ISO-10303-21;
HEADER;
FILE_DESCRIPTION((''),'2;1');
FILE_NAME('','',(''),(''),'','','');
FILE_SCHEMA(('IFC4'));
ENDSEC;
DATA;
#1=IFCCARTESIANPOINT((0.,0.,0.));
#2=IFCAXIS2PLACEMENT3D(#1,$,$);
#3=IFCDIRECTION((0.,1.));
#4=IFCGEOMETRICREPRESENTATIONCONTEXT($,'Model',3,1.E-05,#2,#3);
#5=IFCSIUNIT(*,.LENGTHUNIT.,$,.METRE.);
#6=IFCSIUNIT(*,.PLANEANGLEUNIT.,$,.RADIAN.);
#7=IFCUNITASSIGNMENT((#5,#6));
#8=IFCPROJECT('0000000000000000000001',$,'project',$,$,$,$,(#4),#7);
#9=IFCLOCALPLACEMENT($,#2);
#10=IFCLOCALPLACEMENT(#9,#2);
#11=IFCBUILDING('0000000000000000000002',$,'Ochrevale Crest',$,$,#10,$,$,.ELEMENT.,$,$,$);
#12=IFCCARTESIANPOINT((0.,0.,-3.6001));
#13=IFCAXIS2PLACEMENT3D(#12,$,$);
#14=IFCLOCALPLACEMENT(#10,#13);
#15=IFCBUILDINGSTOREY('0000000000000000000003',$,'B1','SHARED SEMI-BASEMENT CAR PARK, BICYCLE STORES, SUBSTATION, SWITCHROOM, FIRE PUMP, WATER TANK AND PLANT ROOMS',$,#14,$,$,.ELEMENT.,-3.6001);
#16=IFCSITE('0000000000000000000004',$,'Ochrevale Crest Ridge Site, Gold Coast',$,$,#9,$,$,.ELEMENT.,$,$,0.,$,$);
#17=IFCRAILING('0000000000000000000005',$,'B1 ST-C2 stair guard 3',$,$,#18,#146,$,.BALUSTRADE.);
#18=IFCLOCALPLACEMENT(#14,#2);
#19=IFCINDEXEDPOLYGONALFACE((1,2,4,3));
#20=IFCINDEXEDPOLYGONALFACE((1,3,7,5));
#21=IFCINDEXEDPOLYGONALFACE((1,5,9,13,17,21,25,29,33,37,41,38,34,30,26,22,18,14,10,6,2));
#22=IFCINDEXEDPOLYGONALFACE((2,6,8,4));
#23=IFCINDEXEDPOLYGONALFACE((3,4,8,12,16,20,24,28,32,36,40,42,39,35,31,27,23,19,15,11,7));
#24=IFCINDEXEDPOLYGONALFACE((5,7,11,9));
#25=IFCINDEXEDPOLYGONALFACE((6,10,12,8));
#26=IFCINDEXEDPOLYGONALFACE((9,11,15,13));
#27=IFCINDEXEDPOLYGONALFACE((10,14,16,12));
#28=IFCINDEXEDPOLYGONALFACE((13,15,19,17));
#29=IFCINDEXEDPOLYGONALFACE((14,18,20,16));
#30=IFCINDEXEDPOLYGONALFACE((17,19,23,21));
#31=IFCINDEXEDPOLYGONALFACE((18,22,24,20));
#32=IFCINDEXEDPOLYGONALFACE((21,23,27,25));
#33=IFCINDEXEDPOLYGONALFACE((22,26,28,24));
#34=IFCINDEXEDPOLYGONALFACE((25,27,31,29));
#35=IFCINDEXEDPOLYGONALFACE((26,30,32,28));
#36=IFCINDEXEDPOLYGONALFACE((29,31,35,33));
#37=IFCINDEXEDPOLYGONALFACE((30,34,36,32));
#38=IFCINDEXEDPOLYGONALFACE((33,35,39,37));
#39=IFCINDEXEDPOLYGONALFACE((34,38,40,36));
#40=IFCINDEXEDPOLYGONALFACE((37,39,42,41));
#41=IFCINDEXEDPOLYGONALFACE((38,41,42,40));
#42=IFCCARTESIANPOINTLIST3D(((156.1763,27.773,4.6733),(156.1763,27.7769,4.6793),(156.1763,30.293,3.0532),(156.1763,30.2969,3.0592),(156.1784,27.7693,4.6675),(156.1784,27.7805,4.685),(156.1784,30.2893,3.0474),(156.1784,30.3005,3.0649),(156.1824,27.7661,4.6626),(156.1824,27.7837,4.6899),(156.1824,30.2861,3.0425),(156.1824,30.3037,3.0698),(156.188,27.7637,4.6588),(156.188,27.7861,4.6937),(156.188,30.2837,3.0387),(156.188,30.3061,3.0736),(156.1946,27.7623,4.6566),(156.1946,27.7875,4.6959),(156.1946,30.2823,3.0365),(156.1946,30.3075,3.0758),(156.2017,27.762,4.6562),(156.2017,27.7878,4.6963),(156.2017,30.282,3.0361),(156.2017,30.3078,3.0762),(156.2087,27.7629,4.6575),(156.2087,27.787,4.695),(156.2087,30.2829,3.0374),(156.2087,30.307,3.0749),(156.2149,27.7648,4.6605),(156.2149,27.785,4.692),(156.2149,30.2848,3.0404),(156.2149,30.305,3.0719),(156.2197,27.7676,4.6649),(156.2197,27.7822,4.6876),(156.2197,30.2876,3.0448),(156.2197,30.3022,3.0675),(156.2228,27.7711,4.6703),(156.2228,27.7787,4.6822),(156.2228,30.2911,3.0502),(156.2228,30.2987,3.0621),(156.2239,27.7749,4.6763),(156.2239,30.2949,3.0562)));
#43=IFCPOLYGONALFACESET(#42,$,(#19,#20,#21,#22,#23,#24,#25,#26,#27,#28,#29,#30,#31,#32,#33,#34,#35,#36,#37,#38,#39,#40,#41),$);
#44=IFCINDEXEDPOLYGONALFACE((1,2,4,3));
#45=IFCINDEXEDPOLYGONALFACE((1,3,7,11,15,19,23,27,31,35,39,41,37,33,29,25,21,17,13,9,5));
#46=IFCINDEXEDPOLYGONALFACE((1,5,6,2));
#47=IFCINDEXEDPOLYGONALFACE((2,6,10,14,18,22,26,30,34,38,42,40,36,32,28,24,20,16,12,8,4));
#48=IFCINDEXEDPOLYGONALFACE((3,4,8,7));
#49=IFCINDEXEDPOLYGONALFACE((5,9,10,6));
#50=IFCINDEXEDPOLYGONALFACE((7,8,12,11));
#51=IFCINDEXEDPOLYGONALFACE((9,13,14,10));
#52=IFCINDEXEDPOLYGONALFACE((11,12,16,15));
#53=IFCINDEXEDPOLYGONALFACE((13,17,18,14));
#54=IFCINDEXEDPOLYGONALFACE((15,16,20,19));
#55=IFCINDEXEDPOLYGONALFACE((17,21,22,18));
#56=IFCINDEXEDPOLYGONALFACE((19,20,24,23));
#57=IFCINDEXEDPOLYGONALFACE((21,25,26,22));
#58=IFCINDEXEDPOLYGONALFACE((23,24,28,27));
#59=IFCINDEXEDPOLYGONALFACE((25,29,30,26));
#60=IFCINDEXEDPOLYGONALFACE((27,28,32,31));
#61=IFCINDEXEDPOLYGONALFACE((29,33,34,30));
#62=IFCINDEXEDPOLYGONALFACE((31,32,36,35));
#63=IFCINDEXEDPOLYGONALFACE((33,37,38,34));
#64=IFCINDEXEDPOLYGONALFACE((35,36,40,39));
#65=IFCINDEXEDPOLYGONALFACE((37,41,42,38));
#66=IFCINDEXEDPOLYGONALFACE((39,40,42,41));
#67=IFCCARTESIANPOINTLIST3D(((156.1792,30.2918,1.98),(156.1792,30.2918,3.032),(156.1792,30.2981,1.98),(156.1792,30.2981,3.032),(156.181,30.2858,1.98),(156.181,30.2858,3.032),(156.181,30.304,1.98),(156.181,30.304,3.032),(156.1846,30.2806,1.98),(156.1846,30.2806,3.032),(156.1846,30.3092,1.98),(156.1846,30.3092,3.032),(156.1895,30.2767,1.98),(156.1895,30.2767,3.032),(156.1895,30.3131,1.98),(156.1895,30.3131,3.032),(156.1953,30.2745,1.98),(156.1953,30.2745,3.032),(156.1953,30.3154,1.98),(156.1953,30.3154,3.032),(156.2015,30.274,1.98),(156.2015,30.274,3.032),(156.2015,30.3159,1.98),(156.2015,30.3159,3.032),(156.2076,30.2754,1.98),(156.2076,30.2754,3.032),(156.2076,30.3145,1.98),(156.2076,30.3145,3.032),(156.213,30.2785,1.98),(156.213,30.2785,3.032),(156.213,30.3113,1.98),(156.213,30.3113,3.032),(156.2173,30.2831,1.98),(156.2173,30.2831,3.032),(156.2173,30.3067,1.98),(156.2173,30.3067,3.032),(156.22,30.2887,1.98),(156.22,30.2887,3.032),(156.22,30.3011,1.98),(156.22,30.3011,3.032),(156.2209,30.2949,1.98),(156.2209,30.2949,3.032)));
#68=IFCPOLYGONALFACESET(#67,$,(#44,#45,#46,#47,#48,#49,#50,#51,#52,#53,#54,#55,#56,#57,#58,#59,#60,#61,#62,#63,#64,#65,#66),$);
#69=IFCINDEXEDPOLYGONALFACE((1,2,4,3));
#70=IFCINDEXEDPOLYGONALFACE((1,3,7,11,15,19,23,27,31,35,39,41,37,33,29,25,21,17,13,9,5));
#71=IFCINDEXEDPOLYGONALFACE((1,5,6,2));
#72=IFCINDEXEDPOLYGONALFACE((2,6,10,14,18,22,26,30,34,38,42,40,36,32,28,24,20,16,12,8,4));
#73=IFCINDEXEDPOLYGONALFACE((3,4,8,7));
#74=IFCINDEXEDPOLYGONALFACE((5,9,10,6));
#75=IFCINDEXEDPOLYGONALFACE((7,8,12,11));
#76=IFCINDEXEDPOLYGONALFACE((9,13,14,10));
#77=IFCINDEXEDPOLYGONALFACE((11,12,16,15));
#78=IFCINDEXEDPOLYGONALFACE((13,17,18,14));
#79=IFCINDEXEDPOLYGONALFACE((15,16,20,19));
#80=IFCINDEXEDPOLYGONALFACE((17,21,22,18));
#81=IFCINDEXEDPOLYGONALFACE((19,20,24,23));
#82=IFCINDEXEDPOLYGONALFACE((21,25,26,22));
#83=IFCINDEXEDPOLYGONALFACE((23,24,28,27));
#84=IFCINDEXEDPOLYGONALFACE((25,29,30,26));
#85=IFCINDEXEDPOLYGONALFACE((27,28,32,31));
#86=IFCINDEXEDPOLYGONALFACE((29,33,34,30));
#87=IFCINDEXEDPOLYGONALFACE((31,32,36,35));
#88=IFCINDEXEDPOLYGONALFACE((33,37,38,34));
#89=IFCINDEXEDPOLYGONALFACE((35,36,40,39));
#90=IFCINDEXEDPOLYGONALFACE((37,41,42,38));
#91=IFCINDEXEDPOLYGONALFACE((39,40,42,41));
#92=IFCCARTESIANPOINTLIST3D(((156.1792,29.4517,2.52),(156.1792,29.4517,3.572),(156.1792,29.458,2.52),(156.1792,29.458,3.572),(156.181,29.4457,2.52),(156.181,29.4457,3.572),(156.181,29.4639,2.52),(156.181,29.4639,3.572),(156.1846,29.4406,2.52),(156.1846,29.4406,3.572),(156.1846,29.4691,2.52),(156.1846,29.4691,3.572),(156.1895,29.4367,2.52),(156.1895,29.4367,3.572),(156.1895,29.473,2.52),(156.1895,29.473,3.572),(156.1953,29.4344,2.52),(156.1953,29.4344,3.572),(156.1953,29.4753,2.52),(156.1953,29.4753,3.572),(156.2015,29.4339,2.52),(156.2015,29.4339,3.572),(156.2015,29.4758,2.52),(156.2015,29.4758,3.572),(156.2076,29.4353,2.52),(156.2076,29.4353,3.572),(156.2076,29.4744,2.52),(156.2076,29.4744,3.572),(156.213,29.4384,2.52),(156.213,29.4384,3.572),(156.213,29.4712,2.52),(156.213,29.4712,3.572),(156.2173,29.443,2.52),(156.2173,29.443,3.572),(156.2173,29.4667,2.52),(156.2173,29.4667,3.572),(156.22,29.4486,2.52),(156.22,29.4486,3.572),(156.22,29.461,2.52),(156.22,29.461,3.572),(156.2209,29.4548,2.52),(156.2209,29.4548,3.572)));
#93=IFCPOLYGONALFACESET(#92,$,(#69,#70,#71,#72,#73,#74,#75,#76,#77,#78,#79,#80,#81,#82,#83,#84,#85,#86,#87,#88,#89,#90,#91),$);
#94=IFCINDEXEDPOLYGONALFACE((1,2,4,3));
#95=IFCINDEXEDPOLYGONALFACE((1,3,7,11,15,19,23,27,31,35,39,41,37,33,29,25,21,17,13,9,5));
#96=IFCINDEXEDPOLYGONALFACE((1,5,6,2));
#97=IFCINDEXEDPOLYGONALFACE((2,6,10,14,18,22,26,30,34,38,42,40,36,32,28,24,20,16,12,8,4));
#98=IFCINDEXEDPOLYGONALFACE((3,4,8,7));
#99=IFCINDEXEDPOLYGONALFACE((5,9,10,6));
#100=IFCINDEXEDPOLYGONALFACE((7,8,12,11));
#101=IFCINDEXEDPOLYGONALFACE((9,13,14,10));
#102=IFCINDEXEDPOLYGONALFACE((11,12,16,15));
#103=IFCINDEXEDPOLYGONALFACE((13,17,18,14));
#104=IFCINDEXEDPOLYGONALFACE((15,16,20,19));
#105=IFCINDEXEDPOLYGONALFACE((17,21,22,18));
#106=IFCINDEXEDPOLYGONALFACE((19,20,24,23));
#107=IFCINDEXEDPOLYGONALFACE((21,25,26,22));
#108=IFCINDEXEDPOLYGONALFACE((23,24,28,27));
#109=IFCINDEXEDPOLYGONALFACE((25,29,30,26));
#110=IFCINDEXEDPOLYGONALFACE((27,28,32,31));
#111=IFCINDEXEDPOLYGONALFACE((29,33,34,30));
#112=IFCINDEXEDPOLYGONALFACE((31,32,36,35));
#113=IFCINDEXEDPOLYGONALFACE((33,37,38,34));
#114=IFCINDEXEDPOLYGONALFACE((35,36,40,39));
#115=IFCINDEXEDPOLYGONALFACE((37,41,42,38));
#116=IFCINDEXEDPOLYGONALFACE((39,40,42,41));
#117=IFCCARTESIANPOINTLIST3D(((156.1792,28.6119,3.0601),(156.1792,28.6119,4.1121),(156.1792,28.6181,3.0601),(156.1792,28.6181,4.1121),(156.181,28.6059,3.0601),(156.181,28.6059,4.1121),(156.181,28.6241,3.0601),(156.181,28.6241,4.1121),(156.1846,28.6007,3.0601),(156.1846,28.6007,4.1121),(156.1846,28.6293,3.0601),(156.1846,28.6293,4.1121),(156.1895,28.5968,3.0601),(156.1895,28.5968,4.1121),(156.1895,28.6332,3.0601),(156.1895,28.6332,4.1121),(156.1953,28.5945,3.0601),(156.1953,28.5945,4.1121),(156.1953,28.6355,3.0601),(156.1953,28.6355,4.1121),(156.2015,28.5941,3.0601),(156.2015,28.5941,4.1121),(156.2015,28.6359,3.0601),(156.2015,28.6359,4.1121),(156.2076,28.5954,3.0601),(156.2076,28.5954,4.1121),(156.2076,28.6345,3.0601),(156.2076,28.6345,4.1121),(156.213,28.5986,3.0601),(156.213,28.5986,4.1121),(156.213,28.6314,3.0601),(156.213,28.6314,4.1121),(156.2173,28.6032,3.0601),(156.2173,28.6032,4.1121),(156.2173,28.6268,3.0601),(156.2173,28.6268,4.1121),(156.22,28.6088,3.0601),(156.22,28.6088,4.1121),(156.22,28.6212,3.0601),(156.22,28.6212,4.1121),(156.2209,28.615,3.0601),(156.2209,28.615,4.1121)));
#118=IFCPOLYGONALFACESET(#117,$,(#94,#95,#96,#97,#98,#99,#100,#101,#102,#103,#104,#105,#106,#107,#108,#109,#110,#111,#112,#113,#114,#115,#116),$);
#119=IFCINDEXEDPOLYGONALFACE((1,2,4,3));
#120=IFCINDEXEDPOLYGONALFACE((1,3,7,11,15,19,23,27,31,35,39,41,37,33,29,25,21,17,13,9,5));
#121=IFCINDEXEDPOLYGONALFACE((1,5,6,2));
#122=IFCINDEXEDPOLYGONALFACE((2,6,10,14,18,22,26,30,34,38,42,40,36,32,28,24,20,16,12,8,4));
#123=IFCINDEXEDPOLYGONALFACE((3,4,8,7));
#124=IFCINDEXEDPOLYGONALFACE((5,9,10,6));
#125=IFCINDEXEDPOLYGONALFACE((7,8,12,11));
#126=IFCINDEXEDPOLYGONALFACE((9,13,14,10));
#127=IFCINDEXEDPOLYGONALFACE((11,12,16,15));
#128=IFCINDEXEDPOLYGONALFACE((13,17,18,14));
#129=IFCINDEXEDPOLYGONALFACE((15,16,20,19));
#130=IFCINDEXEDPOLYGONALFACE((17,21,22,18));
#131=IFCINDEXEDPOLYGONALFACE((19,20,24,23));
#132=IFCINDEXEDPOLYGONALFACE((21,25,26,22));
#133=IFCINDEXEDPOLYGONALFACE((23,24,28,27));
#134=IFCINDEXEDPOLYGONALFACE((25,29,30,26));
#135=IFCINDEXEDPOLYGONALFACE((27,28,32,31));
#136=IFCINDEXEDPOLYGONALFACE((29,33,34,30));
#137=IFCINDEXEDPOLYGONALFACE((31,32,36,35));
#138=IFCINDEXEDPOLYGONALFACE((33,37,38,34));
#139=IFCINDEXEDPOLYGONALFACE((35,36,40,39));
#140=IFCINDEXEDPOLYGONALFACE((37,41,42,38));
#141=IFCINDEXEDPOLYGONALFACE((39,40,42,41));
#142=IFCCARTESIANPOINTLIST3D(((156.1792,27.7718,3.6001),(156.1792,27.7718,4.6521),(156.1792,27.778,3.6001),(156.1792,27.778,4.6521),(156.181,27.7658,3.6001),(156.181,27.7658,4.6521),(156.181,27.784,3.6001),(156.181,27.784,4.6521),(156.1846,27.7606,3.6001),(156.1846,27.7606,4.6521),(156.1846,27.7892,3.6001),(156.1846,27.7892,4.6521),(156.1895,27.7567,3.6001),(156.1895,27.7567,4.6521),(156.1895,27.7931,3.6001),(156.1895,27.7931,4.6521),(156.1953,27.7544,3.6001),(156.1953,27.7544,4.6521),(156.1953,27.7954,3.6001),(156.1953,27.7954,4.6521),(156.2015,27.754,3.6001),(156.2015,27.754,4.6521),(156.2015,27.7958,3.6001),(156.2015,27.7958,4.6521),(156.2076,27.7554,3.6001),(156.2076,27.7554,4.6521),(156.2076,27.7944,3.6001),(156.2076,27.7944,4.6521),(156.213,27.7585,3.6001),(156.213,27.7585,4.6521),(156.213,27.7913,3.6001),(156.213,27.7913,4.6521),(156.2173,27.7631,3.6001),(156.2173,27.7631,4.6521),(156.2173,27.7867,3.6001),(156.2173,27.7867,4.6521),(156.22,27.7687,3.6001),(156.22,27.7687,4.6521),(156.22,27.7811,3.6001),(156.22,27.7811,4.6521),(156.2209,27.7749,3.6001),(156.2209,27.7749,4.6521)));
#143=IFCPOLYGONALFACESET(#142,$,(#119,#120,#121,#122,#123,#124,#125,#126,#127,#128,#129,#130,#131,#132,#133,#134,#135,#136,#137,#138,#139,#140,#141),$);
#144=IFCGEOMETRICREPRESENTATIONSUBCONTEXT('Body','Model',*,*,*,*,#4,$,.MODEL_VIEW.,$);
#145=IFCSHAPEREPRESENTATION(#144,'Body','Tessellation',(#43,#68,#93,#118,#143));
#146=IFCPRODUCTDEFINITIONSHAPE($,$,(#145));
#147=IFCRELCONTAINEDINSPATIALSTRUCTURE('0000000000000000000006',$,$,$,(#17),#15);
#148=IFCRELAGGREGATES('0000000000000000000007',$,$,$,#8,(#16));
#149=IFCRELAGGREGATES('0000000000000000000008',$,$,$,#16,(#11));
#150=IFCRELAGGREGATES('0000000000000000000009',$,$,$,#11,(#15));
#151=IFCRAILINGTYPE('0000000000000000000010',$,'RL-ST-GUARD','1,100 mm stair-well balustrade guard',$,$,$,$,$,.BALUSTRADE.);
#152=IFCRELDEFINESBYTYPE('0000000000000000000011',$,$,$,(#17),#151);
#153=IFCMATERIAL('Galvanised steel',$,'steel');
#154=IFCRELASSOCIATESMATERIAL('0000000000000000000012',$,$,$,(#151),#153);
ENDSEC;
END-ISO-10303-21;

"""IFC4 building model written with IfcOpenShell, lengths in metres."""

from ifc_helpers import new_model, si_unit, direction, frame, origin, origin_2d, place, context, subcontext, project, spatial, circle, extrude, material, type_object, element, save


model = new_model("IFC4")

# Units and contexts
model_context = context("Model", 3, precision=1e-05, world=origin(), true_north=direction((0.0, 1.0)))
body_context = subcontext(model_context, "Body", "Model", "MODEL_VIEW")
ifc_project = project(units=[si_unit("LENGTHUNIT", "METRE"), si_unit("PLANEANGLEUNIT", "RADIAN")], contexts=[model_context])

# Site, building, storey
site_placement = place(None, origin())
site = spatial("IfcSite", under=ifc_project, at=site_placement, Name="Ochrevale Crest Ridge Site, Gold Coast", CompositionType="ELEMENT", RefElevation=0.0)
building_placement = place(site_placement, origin())
building = spatial("IfcBuilding", under=site, at=building_placement, Name="Ochrevale Crest", CompositionType="ELEMENT")
storey_placement = place(building_placement, frame((0.0, 0.0, -3.6001)))
storey = spatial("IfcBuildingStorey", under=building, at=storey_placement, Name="B1", Description="SHARED SEMI-BASEMENT CAR PARK, BICYCLE STORES, SUBSTATION, SWITCHROOM, FIRE PUMP, WATER TANK AND PLANT ROOMS", CompositionType="ELEMENT", Elevation=-3.6001)

# Railing
ifc_material_1 = material(Name="Galvanised steel", Category="steel")
railing_type_1 = type_object("IfcRailingType", Name="RL-ST-GUARD", Description="1,100 mm stair-well balustrade guard", PredefinedType="BALUSTRADE", material=ifc_material_1)
railing_1_placement = place(storey_placement, frame((156.2, 30.2949, 1.98)))
element("IfcRailing", 1, at=railing_1_placement, inside=storey, type_object=railing_type_1, Name="B1 ST-C2 stair guard 3", PredefinedType="BALUSTRADE", context=body_context, shape_type="SweptSolid", body=[
    extrude(circle(Radius=0.0239, at=origin_2d()), frame((0.0, 0.0, 1.0762), z_axis=(0.0, -0.841163, 0.540782), x_axis=(1.0, 0.0, 0.0)), (0.0, 0.0, 1.0), 2.9958),
    extrude(circle(Radius=0.021, at=origin_2d()), origin(), (0.0, 0.0, 1.0), 1.052),
    extrude(circle(Radius=0.021, at=origin_2d()), frame((0.0, -0.8401, 0.54)), (0.0, 0.0, 1.0), 1.052),
    extrude(circle(Radius=0.021, at=origin_2d()), frame((0.0, -1.6799, 1.0801)), (0.0, 0.0, 1.0), 1.052),
    extrude(circle(Radius=0.021, at=origin_2d()), frame((0.0, -2.52, 1.6201)), (0.0, 0.0, 1.0), 1.052),
])

save(model, "model.ifc")
